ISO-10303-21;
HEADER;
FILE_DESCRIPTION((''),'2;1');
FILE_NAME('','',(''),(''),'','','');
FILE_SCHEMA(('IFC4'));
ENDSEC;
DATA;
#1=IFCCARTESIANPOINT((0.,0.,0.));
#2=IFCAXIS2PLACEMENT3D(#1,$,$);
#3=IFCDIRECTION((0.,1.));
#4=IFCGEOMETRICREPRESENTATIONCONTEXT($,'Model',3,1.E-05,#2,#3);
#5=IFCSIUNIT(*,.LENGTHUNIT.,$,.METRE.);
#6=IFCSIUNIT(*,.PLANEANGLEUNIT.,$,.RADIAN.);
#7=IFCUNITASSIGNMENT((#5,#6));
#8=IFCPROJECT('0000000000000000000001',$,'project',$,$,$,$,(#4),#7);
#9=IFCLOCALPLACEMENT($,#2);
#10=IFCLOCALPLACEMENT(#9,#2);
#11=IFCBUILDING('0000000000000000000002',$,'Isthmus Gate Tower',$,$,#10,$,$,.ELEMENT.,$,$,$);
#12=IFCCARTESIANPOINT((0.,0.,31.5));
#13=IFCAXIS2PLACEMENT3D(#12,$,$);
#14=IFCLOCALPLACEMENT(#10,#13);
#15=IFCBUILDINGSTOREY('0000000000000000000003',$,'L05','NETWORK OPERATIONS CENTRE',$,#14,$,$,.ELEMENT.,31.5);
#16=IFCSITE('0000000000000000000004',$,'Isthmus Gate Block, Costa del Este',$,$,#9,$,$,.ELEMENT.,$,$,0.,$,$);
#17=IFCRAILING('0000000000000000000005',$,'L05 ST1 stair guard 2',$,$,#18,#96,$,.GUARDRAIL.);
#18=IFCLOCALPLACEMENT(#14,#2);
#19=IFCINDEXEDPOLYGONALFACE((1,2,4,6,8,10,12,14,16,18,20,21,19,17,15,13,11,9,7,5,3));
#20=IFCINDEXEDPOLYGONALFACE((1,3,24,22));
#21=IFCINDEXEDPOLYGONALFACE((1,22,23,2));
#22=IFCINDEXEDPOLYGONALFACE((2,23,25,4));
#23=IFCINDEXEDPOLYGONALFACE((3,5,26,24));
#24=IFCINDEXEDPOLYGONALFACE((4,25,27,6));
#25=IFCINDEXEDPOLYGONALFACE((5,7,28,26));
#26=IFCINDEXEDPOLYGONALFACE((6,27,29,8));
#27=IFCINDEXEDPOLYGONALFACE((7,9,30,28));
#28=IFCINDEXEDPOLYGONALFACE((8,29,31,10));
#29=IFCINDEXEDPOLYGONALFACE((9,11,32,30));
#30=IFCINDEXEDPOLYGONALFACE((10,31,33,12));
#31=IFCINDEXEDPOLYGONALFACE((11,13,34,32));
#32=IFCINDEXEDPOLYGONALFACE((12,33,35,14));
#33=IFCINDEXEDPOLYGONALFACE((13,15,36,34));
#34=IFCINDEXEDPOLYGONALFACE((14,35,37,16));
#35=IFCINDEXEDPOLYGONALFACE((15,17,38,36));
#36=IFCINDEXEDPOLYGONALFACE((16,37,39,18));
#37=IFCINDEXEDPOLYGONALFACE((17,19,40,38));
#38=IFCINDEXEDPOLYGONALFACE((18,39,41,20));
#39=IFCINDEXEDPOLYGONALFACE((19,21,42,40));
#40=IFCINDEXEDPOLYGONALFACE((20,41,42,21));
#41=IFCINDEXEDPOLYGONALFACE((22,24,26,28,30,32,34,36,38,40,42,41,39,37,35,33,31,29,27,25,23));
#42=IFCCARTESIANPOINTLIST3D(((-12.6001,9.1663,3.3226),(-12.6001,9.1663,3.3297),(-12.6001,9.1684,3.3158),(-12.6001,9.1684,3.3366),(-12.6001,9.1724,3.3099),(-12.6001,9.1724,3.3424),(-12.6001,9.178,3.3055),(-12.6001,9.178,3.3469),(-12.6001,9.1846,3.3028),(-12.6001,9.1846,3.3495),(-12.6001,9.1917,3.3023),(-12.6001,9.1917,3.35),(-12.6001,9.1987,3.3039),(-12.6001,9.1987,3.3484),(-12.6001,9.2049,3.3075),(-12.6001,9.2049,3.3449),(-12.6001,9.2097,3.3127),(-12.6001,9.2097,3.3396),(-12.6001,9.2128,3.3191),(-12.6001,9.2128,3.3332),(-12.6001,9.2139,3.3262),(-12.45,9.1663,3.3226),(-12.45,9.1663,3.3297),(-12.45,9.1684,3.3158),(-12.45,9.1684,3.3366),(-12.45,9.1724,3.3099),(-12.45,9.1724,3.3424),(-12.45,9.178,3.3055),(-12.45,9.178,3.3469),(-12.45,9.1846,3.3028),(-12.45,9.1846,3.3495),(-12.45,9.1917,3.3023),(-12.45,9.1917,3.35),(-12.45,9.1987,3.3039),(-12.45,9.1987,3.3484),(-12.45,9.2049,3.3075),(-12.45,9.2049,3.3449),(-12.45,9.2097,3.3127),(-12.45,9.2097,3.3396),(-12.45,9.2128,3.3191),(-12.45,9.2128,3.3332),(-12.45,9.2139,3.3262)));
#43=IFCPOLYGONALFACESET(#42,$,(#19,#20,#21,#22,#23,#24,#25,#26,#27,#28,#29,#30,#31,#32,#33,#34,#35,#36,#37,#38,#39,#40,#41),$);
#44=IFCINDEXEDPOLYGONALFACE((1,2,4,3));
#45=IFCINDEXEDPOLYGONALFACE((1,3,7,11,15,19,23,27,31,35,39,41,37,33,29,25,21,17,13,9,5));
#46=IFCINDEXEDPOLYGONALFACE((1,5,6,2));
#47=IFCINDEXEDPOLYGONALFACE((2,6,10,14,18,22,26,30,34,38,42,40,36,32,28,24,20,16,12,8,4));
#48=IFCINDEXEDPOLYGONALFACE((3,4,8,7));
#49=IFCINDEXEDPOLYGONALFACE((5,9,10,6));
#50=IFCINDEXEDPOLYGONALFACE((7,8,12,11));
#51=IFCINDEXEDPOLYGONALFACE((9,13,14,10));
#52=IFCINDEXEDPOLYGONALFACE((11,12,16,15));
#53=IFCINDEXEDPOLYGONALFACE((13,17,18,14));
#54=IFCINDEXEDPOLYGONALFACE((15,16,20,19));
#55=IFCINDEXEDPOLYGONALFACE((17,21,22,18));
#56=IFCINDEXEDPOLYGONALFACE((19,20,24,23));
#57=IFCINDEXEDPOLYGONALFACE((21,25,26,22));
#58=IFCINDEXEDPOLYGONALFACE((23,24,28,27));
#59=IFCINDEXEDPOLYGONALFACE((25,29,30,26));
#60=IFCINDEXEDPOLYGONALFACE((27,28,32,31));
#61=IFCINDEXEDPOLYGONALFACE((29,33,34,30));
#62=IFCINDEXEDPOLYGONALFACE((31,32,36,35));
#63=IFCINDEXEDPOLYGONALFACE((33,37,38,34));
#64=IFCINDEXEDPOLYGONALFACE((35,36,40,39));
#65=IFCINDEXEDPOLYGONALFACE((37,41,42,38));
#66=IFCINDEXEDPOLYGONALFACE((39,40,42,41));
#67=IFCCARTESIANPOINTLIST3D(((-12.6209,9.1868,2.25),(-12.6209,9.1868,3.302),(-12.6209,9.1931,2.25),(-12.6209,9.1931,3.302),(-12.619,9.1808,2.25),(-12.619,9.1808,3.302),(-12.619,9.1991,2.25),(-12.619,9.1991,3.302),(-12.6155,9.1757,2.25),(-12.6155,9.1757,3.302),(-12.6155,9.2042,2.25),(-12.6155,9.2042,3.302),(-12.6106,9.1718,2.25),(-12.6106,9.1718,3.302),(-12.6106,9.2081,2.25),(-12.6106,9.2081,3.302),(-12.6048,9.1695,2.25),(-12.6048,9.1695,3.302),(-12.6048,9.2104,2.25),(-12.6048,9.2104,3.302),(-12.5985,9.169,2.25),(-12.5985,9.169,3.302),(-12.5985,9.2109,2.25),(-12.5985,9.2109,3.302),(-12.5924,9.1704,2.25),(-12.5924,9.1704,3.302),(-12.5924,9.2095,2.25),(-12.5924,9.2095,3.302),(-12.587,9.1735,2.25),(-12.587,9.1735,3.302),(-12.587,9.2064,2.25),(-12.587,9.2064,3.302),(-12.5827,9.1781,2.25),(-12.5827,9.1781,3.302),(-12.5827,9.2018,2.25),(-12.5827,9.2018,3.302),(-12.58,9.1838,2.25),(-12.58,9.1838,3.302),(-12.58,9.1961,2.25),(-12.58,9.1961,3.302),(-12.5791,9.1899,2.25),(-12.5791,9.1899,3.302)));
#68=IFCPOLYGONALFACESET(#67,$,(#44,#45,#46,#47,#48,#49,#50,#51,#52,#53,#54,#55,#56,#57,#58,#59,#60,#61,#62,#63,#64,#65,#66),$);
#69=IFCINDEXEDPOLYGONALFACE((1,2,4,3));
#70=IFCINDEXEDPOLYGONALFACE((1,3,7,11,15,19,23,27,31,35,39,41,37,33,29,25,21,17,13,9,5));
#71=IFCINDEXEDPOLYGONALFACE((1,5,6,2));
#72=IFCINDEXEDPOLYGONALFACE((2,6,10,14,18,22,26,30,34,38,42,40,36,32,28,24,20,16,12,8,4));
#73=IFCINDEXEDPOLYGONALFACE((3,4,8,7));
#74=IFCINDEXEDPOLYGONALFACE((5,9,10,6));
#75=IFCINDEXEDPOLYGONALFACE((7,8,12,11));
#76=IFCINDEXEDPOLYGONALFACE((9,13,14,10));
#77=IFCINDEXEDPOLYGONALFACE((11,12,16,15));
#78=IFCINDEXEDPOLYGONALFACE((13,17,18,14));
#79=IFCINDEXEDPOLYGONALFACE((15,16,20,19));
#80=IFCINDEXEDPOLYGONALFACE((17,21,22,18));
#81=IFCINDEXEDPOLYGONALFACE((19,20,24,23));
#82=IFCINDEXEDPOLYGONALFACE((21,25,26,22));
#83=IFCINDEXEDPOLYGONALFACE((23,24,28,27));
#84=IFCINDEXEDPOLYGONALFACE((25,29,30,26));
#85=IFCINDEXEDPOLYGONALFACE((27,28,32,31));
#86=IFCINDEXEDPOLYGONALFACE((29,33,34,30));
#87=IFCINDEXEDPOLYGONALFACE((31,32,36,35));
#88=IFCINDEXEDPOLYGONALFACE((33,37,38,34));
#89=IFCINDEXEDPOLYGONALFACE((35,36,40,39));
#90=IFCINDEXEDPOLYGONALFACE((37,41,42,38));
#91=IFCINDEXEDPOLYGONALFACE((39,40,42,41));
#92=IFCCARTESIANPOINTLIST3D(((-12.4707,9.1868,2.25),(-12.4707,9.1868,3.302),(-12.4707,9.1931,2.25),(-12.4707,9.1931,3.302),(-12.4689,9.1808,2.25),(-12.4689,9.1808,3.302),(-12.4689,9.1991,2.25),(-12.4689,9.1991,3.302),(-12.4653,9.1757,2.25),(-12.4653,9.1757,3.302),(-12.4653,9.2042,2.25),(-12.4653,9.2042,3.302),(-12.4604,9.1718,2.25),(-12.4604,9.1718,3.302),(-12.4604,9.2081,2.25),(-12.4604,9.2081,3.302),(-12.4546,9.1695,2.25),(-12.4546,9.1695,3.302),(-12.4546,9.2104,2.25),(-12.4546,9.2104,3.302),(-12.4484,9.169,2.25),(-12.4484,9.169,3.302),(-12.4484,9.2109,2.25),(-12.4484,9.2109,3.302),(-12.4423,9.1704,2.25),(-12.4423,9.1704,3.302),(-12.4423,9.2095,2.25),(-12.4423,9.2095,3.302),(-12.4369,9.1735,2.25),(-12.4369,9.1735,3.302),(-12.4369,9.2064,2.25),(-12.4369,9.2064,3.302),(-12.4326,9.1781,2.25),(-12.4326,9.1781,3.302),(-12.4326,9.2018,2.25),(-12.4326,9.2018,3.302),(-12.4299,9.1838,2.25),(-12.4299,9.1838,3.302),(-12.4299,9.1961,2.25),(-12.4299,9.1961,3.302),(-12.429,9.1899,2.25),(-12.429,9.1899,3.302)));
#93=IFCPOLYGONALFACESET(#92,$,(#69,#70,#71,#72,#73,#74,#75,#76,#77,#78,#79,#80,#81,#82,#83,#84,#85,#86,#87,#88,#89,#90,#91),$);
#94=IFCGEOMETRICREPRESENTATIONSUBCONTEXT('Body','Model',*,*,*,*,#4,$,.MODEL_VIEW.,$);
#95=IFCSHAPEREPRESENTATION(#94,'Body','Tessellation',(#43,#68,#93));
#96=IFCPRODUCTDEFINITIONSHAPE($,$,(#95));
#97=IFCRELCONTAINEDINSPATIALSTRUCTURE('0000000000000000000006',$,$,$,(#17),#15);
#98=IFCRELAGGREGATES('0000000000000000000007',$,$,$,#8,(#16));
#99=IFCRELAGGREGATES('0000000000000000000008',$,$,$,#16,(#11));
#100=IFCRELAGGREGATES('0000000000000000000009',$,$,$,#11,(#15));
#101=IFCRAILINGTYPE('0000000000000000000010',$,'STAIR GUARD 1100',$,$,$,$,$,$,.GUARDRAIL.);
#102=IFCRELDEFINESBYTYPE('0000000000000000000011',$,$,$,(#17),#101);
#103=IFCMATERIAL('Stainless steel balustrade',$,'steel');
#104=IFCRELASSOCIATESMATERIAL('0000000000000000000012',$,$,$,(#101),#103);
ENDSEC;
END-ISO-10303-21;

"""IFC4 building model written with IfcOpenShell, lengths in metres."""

from ifc_helpers import new_model, si_unit, direction, frame, origin, origin_2d, place, context, subcontext, project, spatial, circle, extrude, material, type_object, element, save


model = new_model("IFC4")

# Units and contexts
model_context = context("Model", 3, precision=1e-05, world=origin(), true_north=direction((0.0, 1.0)))
body_context = subcontext(model_context, "Body", "Model", "MODEL_VIEW")
ifc_project = project(units=[si_unit("LENGTHUNIT", "METRE"), si_unit("PLANEANGLEUNIT", "RADIAN")], contexts=[model_context])

# Site, building, storey
site_placement = place(None, origin())
site = spatial("IfcSite", under=ifc_project, at=site_placement, Name="Isthmus Gate Block, Costa del Este", CompositionType="ELEMENT", RefElevation=0.0)
building_placement = place(site_placement, origin())
building = spatial("IfcBuilding", under=site, at=building_placement, Name="Isthmus Gate Tower", CompositionType="ELEMENT")
storey_placement = place(building_placement, frame((0.0, 0.0, 31.5)))
storey = spatial("IfcBuildingStorey", under=building, at=storey_placement, Name="L05", Description="NETWORK OPERATIONS CENTRE", CompositionType="ELEMENT", Elevation=31.5)

# Railing
ifc_material_1 = material(Name="Stainless steel balustrade", Category="steel")
railing_type_1 = type_object("IfcRailingType", Name="STAIR GUARD 1100", PredefinedType="GUARDRAIL", material=ifc_material_1)
railing_1_placement = place(storey_placement, frame((-12.6001, 9.1899, 2.25)))
element("IfcRailing", 1, at=railing_1_placement, inside=storey, type_object=railing_type_1, Name="L05 ST1 stair guard 2", PredefinedType="GUARDRAIL", context=body_context, shape_type="SweptSolid", body=[
    extrude(circle(Radius=0.0239, at=origin_2d()), frame((0.0, 0.0, 1.0762), z_axis=(1.0, 0.0, 0.0), x_axis=(0.0, 1.0, 0.0)), (0.0, 0.0, 1.0), 0.1501),
    extrude(circle(Radius=0.021, at=origin_2d()), origin(), (0.0, 0.0, 1.0), 1.052),
    extrude(circle(Radius=0.021, at=origin_2d()), frame((0.1501, 0.0, 0.0)), (0.0, 0.0, 1.0), 1.052),
])

save(model, "model.ifc")
